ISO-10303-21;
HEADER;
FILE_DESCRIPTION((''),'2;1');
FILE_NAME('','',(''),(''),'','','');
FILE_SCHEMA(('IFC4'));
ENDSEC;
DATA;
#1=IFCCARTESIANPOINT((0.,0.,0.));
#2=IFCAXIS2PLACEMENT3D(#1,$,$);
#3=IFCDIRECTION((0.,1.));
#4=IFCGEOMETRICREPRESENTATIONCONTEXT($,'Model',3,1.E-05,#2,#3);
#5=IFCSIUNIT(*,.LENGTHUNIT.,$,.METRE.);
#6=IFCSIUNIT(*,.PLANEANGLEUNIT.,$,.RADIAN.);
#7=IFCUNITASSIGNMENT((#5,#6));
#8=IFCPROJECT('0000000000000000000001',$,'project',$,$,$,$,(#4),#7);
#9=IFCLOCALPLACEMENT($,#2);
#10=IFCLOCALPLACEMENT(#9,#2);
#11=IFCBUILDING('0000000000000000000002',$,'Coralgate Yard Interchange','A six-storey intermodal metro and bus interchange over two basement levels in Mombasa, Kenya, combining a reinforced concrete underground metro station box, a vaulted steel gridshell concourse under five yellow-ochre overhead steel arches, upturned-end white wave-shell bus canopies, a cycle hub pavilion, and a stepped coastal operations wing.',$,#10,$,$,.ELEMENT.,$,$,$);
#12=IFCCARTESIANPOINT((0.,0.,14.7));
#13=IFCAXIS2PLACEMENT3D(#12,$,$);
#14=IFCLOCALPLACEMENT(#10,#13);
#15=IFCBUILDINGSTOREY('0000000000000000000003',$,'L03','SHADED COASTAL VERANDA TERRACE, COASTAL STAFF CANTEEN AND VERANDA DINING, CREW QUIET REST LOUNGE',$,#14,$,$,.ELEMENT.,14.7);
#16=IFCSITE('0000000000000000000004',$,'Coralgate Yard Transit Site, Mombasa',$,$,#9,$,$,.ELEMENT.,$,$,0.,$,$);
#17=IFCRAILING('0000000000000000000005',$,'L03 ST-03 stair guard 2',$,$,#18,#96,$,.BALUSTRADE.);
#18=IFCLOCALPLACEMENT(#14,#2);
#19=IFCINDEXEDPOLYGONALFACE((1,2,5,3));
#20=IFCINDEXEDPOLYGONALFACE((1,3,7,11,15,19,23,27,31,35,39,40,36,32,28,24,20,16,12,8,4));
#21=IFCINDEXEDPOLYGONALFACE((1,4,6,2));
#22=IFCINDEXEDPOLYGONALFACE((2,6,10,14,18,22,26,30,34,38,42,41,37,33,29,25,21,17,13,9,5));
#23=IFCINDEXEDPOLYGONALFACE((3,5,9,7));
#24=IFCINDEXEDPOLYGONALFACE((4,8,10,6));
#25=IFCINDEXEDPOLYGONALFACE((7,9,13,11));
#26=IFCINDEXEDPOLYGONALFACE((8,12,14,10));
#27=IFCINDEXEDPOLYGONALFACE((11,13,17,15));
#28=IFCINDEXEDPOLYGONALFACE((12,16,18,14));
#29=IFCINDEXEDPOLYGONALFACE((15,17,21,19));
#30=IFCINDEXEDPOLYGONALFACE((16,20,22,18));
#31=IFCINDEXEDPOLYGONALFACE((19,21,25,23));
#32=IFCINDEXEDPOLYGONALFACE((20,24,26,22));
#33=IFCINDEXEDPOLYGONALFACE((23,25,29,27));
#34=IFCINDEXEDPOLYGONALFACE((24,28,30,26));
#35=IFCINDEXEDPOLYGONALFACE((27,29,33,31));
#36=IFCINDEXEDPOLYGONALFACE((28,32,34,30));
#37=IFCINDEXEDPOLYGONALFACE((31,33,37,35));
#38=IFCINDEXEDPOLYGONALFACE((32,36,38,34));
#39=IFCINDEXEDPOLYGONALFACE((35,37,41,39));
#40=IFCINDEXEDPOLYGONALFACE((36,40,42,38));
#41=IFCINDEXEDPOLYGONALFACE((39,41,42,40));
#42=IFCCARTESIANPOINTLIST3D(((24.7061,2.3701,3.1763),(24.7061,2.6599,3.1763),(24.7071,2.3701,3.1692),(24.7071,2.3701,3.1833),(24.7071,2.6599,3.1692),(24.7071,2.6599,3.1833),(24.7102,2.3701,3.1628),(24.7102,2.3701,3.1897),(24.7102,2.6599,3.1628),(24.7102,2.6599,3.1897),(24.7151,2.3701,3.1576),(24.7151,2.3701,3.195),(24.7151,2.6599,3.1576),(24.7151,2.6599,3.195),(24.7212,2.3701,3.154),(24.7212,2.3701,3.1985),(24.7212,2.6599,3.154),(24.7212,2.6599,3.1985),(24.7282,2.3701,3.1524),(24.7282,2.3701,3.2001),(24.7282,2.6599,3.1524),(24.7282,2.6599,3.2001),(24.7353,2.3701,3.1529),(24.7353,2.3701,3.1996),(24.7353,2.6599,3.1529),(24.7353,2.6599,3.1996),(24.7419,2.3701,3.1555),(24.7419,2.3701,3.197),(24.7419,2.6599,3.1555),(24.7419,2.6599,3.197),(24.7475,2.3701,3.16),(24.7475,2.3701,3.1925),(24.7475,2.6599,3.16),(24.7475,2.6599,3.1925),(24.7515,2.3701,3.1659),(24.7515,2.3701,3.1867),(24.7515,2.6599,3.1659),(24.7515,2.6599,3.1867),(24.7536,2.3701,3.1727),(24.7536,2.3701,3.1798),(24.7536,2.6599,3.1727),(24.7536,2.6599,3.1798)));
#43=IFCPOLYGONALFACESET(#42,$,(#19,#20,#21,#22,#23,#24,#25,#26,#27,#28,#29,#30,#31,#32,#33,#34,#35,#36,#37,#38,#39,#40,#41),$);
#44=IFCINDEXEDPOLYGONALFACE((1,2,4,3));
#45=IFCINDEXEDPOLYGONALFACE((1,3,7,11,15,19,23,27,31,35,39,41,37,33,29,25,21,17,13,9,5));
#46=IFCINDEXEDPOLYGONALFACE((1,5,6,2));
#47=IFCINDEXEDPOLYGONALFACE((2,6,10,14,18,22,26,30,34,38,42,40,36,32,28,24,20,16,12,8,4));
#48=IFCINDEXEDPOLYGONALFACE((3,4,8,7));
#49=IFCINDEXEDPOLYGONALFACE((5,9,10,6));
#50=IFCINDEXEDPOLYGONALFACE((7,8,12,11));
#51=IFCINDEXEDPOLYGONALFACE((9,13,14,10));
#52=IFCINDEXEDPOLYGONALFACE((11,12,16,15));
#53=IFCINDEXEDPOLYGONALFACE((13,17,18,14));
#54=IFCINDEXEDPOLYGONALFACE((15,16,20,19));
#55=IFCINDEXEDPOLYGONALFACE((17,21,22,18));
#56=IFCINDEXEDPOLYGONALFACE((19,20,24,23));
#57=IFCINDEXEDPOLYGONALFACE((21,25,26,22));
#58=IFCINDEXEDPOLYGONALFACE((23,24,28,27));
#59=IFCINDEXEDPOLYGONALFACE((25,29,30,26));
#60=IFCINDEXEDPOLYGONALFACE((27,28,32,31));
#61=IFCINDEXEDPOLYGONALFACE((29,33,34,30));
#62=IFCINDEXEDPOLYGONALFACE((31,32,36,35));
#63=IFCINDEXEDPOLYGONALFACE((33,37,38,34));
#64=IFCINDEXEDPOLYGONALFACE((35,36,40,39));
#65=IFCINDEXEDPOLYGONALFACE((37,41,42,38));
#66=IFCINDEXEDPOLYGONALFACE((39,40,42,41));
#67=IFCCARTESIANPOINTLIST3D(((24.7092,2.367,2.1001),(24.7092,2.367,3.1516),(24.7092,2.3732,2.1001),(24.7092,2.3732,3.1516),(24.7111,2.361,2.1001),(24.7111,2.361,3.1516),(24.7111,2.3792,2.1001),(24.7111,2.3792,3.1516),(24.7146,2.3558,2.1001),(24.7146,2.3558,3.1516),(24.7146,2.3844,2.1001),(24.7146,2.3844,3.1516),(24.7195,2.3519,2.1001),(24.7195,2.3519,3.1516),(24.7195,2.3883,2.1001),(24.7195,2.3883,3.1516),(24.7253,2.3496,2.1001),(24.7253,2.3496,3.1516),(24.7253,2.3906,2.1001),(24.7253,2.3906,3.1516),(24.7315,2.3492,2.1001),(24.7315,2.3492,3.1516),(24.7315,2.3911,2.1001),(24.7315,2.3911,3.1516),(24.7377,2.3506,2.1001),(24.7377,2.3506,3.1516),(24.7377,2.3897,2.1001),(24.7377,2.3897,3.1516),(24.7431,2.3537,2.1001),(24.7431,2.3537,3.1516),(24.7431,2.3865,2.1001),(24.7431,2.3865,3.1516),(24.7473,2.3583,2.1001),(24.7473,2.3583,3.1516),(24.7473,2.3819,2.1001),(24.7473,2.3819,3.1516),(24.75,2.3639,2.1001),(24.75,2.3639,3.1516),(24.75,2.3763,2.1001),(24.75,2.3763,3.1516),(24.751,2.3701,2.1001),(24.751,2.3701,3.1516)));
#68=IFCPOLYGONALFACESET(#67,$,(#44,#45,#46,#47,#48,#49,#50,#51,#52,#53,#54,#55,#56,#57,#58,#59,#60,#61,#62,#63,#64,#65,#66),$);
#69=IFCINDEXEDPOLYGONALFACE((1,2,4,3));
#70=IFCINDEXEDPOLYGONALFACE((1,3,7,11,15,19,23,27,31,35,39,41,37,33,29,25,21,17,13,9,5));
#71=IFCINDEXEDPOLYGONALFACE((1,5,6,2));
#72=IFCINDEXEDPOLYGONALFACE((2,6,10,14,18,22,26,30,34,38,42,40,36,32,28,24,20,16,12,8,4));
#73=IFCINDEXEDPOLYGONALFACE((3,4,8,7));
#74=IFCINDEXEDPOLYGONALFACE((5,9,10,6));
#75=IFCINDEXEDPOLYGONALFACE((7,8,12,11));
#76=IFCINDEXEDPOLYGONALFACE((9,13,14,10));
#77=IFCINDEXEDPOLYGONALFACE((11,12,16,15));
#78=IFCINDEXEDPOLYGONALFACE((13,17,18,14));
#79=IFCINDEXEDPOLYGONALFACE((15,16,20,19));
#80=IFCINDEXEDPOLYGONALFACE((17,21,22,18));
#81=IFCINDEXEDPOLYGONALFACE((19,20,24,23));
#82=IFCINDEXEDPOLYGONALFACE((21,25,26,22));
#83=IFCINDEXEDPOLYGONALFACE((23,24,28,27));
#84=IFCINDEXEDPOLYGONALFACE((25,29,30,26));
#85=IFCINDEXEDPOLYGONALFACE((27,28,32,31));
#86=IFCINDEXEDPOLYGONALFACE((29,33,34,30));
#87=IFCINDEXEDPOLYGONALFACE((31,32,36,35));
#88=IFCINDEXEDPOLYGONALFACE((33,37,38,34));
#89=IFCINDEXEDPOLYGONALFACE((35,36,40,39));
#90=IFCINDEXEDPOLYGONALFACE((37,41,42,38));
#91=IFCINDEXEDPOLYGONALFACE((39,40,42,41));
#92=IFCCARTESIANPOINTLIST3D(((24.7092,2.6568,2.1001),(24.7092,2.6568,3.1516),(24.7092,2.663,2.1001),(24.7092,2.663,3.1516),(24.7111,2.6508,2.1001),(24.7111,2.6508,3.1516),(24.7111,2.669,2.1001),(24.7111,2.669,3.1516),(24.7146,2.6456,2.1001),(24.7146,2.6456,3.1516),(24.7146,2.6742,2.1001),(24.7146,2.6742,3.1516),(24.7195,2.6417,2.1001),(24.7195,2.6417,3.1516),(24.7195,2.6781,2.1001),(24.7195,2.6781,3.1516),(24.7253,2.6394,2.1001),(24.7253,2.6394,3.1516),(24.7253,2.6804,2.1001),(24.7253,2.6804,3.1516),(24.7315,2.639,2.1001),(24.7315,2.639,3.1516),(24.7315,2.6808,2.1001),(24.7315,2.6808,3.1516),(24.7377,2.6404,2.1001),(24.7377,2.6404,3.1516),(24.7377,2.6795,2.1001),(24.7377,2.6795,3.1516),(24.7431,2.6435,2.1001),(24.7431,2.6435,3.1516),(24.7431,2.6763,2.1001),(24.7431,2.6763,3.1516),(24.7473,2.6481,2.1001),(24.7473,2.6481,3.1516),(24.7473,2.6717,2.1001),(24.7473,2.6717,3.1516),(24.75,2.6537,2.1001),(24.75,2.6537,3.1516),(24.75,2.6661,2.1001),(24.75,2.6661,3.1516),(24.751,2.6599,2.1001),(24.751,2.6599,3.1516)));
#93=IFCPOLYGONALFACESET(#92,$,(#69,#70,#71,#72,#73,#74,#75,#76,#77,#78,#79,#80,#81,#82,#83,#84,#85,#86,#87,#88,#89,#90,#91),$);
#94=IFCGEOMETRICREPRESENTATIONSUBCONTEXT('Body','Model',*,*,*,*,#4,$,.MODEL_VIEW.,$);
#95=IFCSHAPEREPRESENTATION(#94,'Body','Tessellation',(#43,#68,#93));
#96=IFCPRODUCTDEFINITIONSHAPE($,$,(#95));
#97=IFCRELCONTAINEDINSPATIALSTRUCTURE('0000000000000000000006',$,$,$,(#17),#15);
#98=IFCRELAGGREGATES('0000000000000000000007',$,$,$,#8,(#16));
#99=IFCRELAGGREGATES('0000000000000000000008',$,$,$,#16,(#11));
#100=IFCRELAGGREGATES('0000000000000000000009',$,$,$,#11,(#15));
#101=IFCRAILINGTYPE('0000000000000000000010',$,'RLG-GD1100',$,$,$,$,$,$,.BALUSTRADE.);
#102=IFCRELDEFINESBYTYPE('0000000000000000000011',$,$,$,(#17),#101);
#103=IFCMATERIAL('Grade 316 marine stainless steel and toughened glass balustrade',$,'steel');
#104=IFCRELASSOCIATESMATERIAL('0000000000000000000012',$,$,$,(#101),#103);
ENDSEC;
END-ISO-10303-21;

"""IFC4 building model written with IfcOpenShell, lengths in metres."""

from ifc_helpers import new_model, si_unit, direction, frame, origin, origin_2d, place, context, subcontext, project, spatial, circle, extrude, material, type_object, element, save


model = new_model("IFC4")

# Units and contexts
model_context = context("Model", 3, precision=1e-05, world=origin(), true_north=direction((0.0, 1.0)))
body_context = subcontext(model_context, "Body", "Model", "MODEL_VIEW")
ifc_project = project(units=[si_unit("LENGTHUNIT", "METRE"), si_unit("PLANEANGLEUNIT", "RADIAN")], contexts=[model_context])

# Site, building, storey
site_placement = place(None, origin())
site = spatial("IfcSite", under=ifc_project, at=site_placement, Name="Coralgate Yard Transit Site, Mombasa", CompositionType="ELEMENT", RefElevation=0.0)
building_placement = place(site_placement, origin())
building = spatial("IfcBuilding", under=site, at=building_placement, Name="Coralgate Yard Interchange", Description="A six-storey intermodal metro and bus interchange over two basement levels in Mombasa, Kenya, combining a reinforced concrete underground metro station box, a vaulted steel gridshell concourse under five yellow-ochre overhead steel arches, upturned-end white wave-shell bus canopies, a cycle hub pavilion, and a stepped coastal operations wing.", CompositionType="ELEMENT")
storey_placement = place(building_placement, frame((0.0, 0.0, 14.7)))
storey = spatial("IfcBuildingStorey", under=building, at=storey_placement, Name="L03", Description="SHADED COASTAL VERANDA TERRACE, COASTAL STAFF CANTEEN AND VERANDA DINING, CREW QUIET REST LOUNGE", CompositionType="ELEMENT", Elevation=14.7)

# Railing
ifc_material_1 = material(Name="Grade 316 marine stainless steel and toughened glass balustrade", Category="steel")
railing_type_1 = type_object("IfcRailingType", Name="RLG-GD1100", PredefinedType="BALUSTRADE", material=ifc_material_1)
railing_1_placement = place(storey_placement, frame((24.73, 2.3701, 2.1001)))
element("IfcRailing", 1, at=railing_1_placement, inside=storey, type_object=railing_type_1, Name="L03 ST-03 stair guard 2", PredefinedType="BALUSTRADE", context=body_context, shape_type="SweptSolid", body=[
    extrude(circle(Radius=0.0239, at=origin_2d()), frame((0.0, 0.0, 1.0762), z_axis=(0.0, 1.0, 0.0), x_axis=(-1.0, 0.0, 0.0)), (0.0, 0.0, 1.0), 0.2898),
    extrude(circle(Radius=0.021, at=origin_2d()), origin(), (0.0, 0.0, 1.0), 1.0515),
    extrude(circle(Radius=0.021, at=origin_2d()), frame((0.0, 0.2898, 0.0)), (0.0, 0.0, 1.0), 1.0515),
])

save(model, "model.ifc")
